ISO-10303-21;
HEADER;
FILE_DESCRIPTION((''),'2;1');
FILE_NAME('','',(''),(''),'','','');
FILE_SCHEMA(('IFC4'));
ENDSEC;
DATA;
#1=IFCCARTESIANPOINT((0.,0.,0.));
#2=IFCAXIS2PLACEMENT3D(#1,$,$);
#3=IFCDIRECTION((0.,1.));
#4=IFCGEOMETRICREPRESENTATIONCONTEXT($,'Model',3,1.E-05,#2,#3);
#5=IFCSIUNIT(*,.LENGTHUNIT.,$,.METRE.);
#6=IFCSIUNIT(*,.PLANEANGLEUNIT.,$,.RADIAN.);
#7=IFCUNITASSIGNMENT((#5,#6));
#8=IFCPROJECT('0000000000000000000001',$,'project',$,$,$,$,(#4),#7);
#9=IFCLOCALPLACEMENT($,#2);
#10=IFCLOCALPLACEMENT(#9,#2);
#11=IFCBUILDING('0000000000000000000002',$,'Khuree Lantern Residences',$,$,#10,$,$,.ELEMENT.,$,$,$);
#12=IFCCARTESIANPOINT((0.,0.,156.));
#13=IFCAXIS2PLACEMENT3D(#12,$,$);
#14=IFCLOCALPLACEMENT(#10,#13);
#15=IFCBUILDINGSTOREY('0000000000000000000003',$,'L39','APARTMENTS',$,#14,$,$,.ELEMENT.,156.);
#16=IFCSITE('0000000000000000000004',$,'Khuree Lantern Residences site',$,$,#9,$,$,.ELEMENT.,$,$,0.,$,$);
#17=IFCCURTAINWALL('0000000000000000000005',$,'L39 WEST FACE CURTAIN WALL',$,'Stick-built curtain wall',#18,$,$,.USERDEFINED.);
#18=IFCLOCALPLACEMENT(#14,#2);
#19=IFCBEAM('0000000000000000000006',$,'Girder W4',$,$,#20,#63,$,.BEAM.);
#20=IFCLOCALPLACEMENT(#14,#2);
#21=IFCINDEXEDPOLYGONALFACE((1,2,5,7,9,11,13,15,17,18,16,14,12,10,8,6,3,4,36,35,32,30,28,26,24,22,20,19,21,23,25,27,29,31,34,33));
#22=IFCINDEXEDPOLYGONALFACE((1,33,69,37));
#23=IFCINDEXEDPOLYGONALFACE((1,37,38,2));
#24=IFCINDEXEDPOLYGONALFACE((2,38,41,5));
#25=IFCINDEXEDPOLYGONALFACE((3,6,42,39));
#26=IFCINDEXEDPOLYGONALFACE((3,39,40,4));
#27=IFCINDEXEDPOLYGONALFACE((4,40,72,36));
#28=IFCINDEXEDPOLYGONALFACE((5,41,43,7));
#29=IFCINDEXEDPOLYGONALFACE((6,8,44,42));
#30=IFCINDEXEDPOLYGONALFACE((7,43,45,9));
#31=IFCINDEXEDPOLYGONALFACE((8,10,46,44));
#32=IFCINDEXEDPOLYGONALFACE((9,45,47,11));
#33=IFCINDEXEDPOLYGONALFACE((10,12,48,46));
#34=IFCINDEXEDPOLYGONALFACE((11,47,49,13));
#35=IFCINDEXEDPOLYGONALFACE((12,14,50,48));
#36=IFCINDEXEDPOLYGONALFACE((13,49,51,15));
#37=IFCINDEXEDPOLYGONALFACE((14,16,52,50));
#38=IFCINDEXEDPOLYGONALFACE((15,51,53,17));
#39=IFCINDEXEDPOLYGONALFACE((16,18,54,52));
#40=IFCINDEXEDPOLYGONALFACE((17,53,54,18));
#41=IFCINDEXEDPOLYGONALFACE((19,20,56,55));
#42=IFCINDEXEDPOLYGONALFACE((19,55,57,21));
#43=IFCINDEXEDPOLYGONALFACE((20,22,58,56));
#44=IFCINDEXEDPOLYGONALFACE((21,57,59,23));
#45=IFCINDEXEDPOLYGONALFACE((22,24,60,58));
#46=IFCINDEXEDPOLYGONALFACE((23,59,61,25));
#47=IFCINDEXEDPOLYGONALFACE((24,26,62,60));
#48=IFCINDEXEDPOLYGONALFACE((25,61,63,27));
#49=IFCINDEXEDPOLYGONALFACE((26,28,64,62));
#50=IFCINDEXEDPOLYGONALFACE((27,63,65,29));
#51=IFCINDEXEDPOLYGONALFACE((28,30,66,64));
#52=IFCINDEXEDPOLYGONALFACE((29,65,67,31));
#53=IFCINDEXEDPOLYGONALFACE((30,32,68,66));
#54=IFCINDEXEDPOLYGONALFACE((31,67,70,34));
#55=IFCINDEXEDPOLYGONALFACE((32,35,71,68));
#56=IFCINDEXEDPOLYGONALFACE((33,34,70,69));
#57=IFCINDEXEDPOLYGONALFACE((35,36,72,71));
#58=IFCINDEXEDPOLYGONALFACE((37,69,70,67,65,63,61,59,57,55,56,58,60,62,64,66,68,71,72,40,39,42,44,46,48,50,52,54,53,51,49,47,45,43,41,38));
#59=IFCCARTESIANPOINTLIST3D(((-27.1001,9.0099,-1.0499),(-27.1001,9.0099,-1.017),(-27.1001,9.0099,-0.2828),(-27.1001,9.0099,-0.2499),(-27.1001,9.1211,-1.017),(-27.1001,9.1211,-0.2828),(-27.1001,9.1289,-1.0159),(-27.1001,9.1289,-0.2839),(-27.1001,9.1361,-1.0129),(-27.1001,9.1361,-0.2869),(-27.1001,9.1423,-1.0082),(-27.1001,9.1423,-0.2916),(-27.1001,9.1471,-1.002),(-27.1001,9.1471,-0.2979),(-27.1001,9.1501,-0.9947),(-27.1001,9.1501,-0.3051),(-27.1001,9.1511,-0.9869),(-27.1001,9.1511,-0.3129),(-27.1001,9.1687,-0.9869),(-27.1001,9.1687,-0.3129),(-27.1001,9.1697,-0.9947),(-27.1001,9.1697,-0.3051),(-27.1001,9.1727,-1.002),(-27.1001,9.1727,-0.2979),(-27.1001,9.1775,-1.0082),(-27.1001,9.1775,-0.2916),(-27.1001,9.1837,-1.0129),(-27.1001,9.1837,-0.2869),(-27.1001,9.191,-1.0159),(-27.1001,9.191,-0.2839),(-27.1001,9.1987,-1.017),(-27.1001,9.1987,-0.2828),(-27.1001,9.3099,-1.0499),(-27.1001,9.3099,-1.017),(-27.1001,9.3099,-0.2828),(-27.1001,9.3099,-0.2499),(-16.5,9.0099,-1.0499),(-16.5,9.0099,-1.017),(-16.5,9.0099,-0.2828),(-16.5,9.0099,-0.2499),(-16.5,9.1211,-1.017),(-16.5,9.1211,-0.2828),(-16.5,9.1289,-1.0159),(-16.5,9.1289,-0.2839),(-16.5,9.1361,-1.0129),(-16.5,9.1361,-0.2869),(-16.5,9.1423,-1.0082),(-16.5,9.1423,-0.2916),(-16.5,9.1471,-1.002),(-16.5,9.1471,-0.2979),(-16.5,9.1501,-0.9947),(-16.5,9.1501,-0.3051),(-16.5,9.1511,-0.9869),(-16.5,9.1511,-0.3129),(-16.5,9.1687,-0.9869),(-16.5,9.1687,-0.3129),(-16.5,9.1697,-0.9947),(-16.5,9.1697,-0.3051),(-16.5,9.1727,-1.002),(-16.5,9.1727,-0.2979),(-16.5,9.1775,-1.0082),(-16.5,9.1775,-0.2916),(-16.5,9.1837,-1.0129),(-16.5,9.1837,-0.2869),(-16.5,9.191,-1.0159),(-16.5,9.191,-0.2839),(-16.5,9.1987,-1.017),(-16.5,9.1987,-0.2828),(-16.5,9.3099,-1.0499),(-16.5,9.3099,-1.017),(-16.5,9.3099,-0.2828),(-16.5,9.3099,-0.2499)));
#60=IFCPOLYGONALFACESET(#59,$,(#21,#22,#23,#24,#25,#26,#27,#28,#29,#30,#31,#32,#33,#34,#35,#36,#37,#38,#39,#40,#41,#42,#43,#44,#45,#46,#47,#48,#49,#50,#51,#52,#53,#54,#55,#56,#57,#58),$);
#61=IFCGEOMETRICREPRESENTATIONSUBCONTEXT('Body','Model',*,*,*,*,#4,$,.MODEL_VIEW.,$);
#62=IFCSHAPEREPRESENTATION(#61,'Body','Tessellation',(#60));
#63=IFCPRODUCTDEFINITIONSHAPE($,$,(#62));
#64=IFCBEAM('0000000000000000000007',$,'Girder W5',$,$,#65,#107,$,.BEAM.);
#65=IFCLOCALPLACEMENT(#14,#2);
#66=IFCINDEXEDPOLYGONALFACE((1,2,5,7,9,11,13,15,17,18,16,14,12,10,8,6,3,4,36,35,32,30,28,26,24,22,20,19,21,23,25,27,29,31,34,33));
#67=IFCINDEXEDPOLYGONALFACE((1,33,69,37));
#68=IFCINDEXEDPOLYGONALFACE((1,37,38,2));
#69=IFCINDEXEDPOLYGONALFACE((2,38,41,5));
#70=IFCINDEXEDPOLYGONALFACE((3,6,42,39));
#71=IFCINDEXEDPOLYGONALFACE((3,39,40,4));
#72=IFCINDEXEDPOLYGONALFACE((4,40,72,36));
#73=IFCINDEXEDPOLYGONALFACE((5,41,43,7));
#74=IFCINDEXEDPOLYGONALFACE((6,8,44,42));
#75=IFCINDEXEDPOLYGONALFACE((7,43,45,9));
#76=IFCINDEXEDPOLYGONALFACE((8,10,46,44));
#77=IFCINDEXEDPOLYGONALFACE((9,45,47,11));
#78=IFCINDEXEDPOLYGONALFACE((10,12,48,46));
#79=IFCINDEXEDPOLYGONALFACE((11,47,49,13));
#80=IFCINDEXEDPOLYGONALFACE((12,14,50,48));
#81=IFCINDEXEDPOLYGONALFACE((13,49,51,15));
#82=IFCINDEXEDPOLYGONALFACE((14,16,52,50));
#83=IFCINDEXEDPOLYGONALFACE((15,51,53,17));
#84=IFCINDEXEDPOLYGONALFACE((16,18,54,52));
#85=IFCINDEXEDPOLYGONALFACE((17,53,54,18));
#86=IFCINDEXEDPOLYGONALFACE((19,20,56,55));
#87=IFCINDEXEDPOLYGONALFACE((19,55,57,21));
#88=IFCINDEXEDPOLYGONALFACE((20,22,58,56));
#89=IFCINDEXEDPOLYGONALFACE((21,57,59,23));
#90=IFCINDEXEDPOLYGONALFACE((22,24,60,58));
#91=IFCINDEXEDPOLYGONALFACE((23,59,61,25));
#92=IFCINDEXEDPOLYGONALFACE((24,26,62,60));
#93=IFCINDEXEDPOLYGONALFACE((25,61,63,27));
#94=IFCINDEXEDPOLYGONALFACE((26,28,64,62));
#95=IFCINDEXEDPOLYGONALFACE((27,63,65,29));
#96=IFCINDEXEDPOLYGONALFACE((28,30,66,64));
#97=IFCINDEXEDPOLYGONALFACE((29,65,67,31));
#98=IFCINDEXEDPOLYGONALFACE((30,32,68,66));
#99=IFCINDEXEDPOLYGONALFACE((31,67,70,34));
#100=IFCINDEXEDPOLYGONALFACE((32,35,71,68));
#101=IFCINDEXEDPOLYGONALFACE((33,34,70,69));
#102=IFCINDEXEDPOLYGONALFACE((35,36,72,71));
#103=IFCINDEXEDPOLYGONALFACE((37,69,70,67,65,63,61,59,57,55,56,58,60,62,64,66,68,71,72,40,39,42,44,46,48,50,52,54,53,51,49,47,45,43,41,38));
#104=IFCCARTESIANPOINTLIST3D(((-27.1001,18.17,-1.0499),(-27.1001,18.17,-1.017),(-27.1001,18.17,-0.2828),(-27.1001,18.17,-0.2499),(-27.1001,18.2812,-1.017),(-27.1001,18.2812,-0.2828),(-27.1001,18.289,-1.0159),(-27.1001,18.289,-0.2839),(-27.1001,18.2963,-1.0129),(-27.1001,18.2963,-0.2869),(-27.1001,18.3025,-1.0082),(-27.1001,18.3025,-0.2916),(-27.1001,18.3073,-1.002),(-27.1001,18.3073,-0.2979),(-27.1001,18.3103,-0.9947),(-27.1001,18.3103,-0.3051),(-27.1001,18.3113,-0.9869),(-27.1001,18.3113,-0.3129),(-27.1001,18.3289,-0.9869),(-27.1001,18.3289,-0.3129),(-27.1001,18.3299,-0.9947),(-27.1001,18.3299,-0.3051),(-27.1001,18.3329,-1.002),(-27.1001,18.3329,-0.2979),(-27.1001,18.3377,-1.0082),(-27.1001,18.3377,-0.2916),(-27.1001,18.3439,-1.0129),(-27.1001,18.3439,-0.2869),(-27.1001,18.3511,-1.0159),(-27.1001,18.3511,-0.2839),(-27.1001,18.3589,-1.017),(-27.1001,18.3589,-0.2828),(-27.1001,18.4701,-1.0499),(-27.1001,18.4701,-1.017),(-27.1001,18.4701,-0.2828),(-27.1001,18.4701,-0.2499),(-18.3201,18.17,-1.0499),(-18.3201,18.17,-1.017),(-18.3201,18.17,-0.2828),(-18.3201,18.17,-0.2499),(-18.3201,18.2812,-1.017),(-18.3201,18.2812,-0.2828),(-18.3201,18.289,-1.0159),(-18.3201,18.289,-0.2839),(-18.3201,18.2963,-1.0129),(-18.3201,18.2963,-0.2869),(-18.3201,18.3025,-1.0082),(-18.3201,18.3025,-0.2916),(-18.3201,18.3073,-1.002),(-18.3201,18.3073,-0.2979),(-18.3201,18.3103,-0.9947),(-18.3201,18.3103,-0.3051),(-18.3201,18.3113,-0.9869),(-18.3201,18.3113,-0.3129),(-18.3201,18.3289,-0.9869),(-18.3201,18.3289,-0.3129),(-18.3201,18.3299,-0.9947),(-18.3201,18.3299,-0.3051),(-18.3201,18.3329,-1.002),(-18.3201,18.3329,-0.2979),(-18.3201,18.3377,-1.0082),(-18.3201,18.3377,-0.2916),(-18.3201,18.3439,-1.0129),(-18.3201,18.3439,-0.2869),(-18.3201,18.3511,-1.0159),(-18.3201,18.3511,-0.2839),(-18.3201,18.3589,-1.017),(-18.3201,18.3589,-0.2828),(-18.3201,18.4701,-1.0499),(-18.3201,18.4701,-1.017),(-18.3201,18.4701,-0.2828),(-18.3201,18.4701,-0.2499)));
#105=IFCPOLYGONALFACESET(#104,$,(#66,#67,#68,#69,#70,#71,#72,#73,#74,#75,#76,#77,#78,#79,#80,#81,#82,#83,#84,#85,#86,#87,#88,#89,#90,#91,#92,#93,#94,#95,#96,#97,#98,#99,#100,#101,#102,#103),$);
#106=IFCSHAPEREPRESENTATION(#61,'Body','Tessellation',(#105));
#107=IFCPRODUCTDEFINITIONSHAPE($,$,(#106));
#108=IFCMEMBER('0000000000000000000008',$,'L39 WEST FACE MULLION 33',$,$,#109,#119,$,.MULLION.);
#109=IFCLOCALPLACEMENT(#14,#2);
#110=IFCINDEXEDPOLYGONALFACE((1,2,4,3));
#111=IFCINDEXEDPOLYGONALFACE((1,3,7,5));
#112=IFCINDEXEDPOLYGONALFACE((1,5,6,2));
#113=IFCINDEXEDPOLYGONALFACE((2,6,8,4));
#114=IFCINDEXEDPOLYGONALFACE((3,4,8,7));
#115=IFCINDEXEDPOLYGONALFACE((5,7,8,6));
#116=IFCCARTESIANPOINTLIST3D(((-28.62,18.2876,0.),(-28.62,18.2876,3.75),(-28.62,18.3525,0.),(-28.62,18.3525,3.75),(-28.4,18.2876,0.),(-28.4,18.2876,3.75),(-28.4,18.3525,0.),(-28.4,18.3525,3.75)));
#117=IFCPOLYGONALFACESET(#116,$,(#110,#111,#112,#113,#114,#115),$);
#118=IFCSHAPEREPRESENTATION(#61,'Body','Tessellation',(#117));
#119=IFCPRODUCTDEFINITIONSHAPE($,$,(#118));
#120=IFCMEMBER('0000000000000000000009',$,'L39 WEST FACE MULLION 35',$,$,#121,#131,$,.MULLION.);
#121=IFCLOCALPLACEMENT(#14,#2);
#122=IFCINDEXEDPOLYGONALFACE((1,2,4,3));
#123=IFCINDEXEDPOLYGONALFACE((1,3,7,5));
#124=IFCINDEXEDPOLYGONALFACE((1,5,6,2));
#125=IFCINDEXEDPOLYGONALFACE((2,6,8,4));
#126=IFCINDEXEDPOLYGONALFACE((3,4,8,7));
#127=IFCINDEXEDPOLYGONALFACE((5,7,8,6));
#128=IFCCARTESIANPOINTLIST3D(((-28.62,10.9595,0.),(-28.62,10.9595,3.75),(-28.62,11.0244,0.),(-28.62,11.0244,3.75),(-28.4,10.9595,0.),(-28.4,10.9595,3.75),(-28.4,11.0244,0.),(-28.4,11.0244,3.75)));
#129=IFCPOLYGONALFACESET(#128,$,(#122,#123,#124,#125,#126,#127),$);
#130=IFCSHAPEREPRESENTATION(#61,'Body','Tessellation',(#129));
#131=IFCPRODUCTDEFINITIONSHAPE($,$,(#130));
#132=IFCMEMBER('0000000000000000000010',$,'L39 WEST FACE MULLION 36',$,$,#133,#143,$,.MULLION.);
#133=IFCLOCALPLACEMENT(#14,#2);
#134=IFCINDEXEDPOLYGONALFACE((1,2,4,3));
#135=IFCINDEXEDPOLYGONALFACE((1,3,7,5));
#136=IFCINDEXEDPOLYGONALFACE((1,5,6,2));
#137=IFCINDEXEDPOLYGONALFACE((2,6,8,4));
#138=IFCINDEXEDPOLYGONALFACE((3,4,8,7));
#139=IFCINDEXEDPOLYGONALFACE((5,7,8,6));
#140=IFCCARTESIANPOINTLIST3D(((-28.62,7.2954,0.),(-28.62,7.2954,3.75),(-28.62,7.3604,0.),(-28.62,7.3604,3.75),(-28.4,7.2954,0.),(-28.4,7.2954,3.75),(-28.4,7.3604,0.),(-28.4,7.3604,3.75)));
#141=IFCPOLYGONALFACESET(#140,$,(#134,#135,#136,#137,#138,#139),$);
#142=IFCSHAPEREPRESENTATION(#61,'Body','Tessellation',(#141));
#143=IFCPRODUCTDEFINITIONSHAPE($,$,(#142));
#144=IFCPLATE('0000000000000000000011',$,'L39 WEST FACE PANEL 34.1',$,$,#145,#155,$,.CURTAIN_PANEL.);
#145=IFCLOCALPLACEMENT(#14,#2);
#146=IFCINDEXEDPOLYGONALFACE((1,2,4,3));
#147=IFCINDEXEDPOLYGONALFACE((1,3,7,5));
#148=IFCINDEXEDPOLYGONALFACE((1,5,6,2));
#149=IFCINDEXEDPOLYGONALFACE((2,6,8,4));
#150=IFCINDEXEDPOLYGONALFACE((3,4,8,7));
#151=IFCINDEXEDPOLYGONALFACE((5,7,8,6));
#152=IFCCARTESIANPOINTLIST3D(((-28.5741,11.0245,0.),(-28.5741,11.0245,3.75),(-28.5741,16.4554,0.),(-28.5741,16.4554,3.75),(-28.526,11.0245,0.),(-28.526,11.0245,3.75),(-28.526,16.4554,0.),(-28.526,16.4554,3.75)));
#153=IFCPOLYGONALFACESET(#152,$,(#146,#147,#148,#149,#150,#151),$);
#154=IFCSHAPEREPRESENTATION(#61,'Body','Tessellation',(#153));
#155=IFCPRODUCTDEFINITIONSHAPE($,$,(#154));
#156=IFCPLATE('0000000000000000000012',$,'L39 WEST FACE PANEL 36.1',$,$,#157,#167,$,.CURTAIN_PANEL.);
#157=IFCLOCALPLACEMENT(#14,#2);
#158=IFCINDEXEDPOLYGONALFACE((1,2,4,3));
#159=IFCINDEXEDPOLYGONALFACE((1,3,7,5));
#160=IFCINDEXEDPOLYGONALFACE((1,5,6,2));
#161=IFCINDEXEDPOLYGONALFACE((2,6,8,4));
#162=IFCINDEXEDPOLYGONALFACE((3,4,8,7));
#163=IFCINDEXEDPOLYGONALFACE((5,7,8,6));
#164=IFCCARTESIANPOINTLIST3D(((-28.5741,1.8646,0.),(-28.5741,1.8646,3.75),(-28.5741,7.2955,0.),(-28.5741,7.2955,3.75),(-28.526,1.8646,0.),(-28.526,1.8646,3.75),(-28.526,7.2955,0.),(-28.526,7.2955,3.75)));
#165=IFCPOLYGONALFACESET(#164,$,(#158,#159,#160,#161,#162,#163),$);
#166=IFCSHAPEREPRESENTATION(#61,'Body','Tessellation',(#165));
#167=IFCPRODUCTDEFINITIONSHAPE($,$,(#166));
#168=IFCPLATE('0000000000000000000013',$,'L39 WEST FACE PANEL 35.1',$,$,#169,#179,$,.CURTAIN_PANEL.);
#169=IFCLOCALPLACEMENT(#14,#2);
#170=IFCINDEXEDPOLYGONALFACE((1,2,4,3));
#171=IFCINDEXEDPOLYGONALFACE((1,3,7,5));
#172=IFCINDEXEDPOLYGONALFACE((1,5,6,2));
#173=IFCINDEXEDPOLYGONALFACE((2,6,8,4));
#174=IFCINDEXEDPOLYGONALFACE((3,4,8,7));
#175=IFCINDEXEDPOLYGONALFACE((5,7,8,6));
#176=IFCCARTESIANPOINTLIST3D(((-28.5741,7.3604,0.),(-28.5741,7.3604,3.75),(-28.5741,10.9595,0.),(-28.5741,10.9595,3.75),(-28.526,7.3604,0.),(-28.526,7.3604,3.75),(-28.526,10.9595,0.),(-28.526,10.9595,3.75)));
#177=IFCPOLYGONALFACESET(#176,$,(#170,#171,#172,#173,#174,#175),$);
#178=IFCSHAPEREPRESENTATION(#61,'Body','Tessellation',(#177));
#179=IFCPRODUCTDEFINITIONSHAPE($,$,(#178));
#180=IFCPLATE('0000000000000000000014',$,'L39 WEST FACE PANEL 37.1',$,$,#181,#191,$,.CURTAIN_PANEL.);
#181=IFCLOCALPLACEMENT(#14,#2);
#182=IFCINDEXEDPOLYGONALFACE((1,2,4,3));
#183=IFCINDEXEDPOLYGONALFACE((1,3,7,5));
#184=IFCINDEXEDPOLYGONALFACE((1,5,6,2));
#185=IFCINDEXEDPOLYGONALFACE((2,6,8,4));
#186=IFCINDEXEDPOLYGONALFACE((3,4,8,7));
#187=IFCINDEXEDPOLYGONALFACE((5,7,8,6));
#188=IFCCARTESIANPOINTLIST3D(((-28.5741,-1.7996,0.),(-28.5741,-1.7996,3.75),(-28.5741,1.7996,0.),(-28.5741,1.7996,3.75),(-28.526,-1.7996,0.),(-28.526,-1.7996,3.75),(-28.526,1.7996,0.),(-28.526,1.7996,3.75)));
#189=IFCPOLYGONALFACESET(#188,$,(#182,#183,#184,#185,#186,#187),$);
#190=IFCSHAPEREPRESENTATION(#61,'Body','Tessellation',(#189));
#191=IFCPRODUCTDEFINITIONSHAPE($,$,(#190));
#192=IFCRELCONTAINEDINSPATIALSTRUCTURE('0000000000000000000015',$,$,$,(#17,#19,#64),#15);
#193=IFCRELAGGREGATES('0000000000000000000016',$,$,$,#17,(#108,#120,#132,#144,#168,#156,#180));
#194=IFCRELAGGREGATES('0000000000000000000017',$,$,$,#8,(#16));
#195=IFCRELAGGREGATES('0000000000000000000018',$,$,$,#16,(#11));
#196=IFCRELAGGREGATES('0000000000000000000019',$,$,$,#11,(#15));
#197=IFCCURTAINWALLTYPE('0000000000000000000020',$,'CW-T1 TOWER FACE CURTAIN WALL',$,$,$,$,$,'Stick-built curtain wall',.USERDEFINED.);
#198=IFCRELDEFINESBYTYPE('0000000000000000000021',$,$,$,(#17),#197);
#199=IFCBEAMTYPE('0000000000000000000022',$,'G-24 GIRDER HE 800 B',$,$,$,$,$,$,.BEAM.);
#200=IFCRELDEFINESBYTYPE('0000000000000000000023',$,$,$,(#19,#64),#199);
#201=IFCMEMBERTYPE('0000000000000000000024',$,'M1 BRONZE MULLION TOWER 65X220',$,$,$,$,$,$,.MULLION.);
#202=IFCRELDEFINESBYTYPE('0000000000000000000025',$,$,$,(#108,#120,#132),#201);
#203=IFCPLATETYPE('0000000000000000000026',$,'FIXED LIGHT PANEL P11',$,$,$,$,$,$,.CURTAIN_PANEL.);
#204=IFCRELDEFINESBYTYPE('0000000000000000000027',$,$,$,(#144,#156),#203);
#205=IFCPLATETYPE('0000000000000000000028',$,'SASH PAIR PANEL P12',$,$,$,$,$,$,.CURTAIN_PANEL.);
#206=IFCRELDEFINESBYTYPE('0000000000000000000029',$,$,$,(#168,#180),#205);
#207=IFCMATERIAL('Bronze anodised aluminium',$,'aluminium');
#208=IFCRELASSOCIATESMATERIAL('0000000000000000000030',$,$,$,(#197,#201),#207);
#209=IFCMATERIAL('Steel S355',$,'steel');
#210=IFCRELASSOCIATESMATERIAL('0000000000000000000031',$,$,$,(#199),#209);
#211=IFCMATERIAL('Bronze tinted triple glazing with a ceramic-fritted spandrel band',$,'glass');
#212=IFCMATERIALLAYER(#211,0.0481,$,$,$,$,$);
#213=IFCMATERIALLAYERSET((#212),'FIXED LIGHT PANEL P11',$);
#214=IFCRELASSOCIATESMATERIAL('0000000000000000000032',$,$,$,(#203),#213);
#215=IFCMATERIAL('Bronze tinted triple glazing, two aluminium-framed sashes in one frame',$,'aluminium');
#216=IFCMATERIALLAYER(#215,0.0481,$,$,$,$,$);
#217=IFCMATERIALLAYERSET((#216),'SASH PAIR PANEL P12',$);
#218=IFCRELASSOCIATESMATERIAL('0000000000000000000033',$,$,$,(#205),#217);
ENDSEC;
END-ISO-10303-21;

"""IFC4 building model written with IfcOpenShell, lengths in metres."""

from ifc_helpers import new_model, si_unit, direction, frame, origin, origin_2d, place, context, subcontext, project, spatial, rectangle, i_section, extrude, material, layer, layer_set, material_profile, profile_set, type_object, element, aggregate, save


model = new_model("IFC4")

# Units and contexts
model_context = context("Model", 3, precision=1e-05, world=origin(), true_north=direction((0.0, 1.0)))
body_context = subcontext(model_context, "Body", "Model", "MODEL_VIEW")
ifc_project = project(units=[si_unit("LENGTHUNIT", "METRE"), si_unit("PLANEANGLEUNIT", "RADIAN")], contexts=[model_context])

# Site, building, storey
site_placement = place(None, origin())
site = spatial("IfcSite", under=ifc_project, at=site_placement, Name="Khuree Lantern Residences site", CompositionType="ELEMENT", RefElevation=0.0)
building_placement = place(site_placement, origin())
building = spatial("IfcBuilding", under=site, at=building_placement, Name="Khuree Lantern Residences", CompositionType="ELEMENT")
storey_placement = place(building_placement, frame((0.0, 0.0, 156.0)))
storey = spatial("IfcBuildingStorey", under=building, at=storey_placement, Name="L39", Description="APARTMENTS", CompositionType="ELEMENT", Elevation=156.0)

# Shared definitions
ifc_material_1 = material(Name="Steel S355", Category="steel")

# Curtain wall
ifc_material_2 = material(Name="Bronze anodised aluminium", Category="aluminium")
curtain_wall_type = type_object("IfcCurtainWallType", Name="CW-T1 TOWER FACE CURTAIN WALL", ElementType="Stick-built curtain wall", PredefinedType="USERDEFINED", material=ifc_material_2)
curtain_wall_placement = place(storey_placement, origin())
curtain_wall = element("IfcCurtainWall", 1, at=curtain_wall_placement, inside=storey, type_object=curtain_wall_type, Name="L39 WEST FACE CURTAIN WALL", ObjectType="Stick-built curtain wall", PredefinedType="USERDEFINED")

# Beams
ifc_material_profile_1 = material_profile(ifc_material_1, i_section(OverallWidth=0.3, OverallDepth=0.8, WebThickness=0.0176, FlangeThickness=0.033, FilletRadius=0.03, at=origin_2d()), Name="HE 800 B")
ifc_profile_set_1 = profile_set([ifc_material_profile_1], Name="Steel S355")
beam_type_1 = type_object("IfcBeamType", Name="G-24 GIRDER HE 800 B", PredefinedType="BEAM", material=ifc_profile_set_1)
for number, where, z_axis, x_axis, name in (
    (2, (-27.1001, 9.1599, -0.6499), (1.0, 0.0, 0.0), (0.0, 1.0, 0.0), "Girder W4"),
):
    element("IfcBeam", number, at=place(storey_placement, frame(where, z_axis=z_axis, x_axis=x_axis)), inside=storey, type_object=beam_type_1, Name=name, PredefinedType="BEAM", context=body_context, shape_type="SweptSolid", body=[
        extrude(i_section(OverallWidth=0.3, OverallDepth=0.8, WebThickness=0.0176, FlangeThickness=0.033, FilletRadius=0.03, at=origin_2d()), origin(), (0.0, 0.0, 1.0), 10.6001),
    ])
beam_1_placement = place(storey_placement, frame((-27.1001, 18.3201, -0.6499), z_axis=(1.0, 0.0, 0.0), x_axis=(0.0, 1.0, 0.0)))
element("IfcBeam", 3, at=beam_1_placement, inside=storey, type_object=beam_type_1, Name="Girder W5", PredefinedType="BEAM", context=body_context, shape_type="SweptSolid", body=[
    extrude(i_section(OverallWidth=0.3, OverallDepth=0.8, WebThickness=0.0176, FlangeThickness=0.033, FilletRadius=0.03, at=origin_2d()), origin(), (0.0, 0.0, 1.0), 8.78),
])

# Members
ifc_material_profile_2 = material_profile(ifc_material_2, rectangle(XDim=0.0649, YDim=0.22, at=origin_2d()), Name="M1 65X220")
ifc_profile_set_2 = profile_set([ifc_material_profile_2], Name="Bronze anodised aluminium")
member_type_1 = type_object("IfcMemberType", Name="M1 BRONZE MULLION TOWER 65X220", PredefinedType="MULLION", material=ifc_profile_set_2)
member_1_placement = place(storey_placement, frame((-28.51, 18.3201, 0.0), z_axis=(0.0, 0.0, 1.0), x_axis=(0.0, -1.0, 0.0)))
member_1 = element("IfcMember", 4, at=member_1_placement, type_object=member_type_1, Name="L39 WEST FACE MULLION 33", PredefinedType="MULLION", context=body_context, shape_type="SweptSolid", body=[
    extrude(rectangle(XDim=0.0649, YDim=0.22, at=origin_2d()), origin(), (0.0, 0.0, 1.0), 3.75),
])
member_2_placement = place(storey_placement, frame((-28.51, 10.9919, 0.0), z_axis=(0.0, 0.0, 1.0), x_axis=(0.0, -1.0, 0.0)))
member_2 = element("IfcMember", 5, at=member_2_placement, type_object=member_type_1, Name="L39 WEST FACE MULLION 35", PredefinedType="MULLION", context=body_context, shape_type="SweptSolid", body=[
    extrude(rectangle(XDim=0.0649, YDim=0.22, at=origin_2d()), origin(), (0.0, 0.0, 1.0), 3.75),
])
member_3_placement = place(storey_placement, frame((-28.51, 7.3279, 0.0), z_axis=(0.0, 0.0, 1.0), x_axis=(0.0, -1.0, 0.0)))
member_3 = element("IfcMember", 6, at=member_3_placement, type_object=member_type_1, Name="L39 WEST FACE MULLION 36", PredefinedType="MULLION", context=body_context, shape_type="SweptSolid", body=[
    extrude(rectangle(XDim=0.0649, YDim=0.22, at=origin_2d()), origin(), (0.0, 0.0, 1.0), 3.75),
])

# Plates
ifc_material_3 = material(Name="Bronze tinted triple glazing with a ceramic-fritted spandrel band", Category="glass")
ifc_layer_1 = layer(ifc_material_3, 0.0481)
ifc_layer_set_1 = layer_set([ifc_layer_1], Name="FIXED LIGHT PANEL P11")
plate_type_1 = type_object("IfcPlateType", Name="FIXED LIGHT PANEL P11", PredefinedType="CURTAIN_PANEL", material=ifc_layer_set_1)
plate_1_placement = place(storey_placement, frame((-28.55, 13.74, 0.0), z_axis=(0.0, 0.0, 1.0), x_axis=(0.0, -1.0, 0.0)))
plate_1 = element("IfcPlate", 7, at=plate_1_placement, type_object=plate_type_1, Name="L39 WEST FACE PANEL 34.1", PredefinedType="CURTAIN_PANEL", context=body_context, shape_type="SweptSolid", body=[
    extrude(rectangle(XDim=5.4309, YDim=0.0481, at=origin_2d()), origin(), (0.0, 0.0, 1.0), 3.75),
])
plate_2_placement = place(storey_placement, frame((-28.55, 4.5801, 0.0), z_axis=(0.0, 0.0, 1.0), x_axis=(0.0, -1.0, 0.0)))
plate_2 = element("IfcPlate", 8, at=plate_2_placement, type_object=plate_type_1, Name="L39 WEST FACE PANEL 36.1", PredefinedType="CURTAIN_PANEL", context=body_context, shape_type="SweptSolid", body=[
    extrude(rectangle(XDim=5.4309, YDim=0.0481, at=origin_2d()), origin(), (0.0, 0.0, 1.0), 3.75),
])
ifc_material_4 = material(Name="Bronze tinted triple glazing, two aluminium-framed sashes in one frame", Category="aluminium")
ifc_layer_2 = layer(ifc_material_4, 0.0481)
ifc_layer_set_2 = layer_set([ifc_layer_2], Name="SASH PAIR PANEL P12")
plate_type_2 = type_object("IfcPlateType", Name="SASH PAIR PANEL P12", PredefinedType="CURTAIN_PANEL", material=ifc_layer_set_2)
plate_3_placement = place(storey_placement, frame((-28.55, 9.1599, 0.0), z_axis=(0.0, 0.0, 1.0), x_axis=(0.0, -1.0, 0.0)))
plate_3 = element("IfcPlate", 9, at=plate_3_placement, type_object=plate_type_2, Name="L39 WEST FACE PANEL 35.1", PredefinedType="CURTAIN_PANEL", context=body_context, shape_type="SweptSolid", body=[
    extrude(rectangle(XDim=3.5991, YDim=0.0481, at=origin_2d()), origin(), (0.0, 0.0, 1.0), 3.75),
])
plate_4_placement = place(storey_placement, frame((-28.55, 0.0, 0.0), z_axis=(0.0, 0.0, 1.0), x_axis=(0.0, -1.0, 0.0)))
plate_4 = element("IfcPlate", 10, at=plate_4_placement, type_object=plate_type_2, Name="L39 WEST FACE PANEL 37.1", PredefinedType="CURTAIN_PANEL", context=body_context, shape_type="SweptSolid", body=[
    extrude(rectangle(XDim=3.5991, YDim=0.0481, at=origin_2d()), origin(), (0.0, 0.0, 1.0), 3.75),
])
aggregate(curtain_wall, [member_1, member_2, member_3, plate_1, plate_3, plate_2, plate_4])

save(model, "model.ifc")
